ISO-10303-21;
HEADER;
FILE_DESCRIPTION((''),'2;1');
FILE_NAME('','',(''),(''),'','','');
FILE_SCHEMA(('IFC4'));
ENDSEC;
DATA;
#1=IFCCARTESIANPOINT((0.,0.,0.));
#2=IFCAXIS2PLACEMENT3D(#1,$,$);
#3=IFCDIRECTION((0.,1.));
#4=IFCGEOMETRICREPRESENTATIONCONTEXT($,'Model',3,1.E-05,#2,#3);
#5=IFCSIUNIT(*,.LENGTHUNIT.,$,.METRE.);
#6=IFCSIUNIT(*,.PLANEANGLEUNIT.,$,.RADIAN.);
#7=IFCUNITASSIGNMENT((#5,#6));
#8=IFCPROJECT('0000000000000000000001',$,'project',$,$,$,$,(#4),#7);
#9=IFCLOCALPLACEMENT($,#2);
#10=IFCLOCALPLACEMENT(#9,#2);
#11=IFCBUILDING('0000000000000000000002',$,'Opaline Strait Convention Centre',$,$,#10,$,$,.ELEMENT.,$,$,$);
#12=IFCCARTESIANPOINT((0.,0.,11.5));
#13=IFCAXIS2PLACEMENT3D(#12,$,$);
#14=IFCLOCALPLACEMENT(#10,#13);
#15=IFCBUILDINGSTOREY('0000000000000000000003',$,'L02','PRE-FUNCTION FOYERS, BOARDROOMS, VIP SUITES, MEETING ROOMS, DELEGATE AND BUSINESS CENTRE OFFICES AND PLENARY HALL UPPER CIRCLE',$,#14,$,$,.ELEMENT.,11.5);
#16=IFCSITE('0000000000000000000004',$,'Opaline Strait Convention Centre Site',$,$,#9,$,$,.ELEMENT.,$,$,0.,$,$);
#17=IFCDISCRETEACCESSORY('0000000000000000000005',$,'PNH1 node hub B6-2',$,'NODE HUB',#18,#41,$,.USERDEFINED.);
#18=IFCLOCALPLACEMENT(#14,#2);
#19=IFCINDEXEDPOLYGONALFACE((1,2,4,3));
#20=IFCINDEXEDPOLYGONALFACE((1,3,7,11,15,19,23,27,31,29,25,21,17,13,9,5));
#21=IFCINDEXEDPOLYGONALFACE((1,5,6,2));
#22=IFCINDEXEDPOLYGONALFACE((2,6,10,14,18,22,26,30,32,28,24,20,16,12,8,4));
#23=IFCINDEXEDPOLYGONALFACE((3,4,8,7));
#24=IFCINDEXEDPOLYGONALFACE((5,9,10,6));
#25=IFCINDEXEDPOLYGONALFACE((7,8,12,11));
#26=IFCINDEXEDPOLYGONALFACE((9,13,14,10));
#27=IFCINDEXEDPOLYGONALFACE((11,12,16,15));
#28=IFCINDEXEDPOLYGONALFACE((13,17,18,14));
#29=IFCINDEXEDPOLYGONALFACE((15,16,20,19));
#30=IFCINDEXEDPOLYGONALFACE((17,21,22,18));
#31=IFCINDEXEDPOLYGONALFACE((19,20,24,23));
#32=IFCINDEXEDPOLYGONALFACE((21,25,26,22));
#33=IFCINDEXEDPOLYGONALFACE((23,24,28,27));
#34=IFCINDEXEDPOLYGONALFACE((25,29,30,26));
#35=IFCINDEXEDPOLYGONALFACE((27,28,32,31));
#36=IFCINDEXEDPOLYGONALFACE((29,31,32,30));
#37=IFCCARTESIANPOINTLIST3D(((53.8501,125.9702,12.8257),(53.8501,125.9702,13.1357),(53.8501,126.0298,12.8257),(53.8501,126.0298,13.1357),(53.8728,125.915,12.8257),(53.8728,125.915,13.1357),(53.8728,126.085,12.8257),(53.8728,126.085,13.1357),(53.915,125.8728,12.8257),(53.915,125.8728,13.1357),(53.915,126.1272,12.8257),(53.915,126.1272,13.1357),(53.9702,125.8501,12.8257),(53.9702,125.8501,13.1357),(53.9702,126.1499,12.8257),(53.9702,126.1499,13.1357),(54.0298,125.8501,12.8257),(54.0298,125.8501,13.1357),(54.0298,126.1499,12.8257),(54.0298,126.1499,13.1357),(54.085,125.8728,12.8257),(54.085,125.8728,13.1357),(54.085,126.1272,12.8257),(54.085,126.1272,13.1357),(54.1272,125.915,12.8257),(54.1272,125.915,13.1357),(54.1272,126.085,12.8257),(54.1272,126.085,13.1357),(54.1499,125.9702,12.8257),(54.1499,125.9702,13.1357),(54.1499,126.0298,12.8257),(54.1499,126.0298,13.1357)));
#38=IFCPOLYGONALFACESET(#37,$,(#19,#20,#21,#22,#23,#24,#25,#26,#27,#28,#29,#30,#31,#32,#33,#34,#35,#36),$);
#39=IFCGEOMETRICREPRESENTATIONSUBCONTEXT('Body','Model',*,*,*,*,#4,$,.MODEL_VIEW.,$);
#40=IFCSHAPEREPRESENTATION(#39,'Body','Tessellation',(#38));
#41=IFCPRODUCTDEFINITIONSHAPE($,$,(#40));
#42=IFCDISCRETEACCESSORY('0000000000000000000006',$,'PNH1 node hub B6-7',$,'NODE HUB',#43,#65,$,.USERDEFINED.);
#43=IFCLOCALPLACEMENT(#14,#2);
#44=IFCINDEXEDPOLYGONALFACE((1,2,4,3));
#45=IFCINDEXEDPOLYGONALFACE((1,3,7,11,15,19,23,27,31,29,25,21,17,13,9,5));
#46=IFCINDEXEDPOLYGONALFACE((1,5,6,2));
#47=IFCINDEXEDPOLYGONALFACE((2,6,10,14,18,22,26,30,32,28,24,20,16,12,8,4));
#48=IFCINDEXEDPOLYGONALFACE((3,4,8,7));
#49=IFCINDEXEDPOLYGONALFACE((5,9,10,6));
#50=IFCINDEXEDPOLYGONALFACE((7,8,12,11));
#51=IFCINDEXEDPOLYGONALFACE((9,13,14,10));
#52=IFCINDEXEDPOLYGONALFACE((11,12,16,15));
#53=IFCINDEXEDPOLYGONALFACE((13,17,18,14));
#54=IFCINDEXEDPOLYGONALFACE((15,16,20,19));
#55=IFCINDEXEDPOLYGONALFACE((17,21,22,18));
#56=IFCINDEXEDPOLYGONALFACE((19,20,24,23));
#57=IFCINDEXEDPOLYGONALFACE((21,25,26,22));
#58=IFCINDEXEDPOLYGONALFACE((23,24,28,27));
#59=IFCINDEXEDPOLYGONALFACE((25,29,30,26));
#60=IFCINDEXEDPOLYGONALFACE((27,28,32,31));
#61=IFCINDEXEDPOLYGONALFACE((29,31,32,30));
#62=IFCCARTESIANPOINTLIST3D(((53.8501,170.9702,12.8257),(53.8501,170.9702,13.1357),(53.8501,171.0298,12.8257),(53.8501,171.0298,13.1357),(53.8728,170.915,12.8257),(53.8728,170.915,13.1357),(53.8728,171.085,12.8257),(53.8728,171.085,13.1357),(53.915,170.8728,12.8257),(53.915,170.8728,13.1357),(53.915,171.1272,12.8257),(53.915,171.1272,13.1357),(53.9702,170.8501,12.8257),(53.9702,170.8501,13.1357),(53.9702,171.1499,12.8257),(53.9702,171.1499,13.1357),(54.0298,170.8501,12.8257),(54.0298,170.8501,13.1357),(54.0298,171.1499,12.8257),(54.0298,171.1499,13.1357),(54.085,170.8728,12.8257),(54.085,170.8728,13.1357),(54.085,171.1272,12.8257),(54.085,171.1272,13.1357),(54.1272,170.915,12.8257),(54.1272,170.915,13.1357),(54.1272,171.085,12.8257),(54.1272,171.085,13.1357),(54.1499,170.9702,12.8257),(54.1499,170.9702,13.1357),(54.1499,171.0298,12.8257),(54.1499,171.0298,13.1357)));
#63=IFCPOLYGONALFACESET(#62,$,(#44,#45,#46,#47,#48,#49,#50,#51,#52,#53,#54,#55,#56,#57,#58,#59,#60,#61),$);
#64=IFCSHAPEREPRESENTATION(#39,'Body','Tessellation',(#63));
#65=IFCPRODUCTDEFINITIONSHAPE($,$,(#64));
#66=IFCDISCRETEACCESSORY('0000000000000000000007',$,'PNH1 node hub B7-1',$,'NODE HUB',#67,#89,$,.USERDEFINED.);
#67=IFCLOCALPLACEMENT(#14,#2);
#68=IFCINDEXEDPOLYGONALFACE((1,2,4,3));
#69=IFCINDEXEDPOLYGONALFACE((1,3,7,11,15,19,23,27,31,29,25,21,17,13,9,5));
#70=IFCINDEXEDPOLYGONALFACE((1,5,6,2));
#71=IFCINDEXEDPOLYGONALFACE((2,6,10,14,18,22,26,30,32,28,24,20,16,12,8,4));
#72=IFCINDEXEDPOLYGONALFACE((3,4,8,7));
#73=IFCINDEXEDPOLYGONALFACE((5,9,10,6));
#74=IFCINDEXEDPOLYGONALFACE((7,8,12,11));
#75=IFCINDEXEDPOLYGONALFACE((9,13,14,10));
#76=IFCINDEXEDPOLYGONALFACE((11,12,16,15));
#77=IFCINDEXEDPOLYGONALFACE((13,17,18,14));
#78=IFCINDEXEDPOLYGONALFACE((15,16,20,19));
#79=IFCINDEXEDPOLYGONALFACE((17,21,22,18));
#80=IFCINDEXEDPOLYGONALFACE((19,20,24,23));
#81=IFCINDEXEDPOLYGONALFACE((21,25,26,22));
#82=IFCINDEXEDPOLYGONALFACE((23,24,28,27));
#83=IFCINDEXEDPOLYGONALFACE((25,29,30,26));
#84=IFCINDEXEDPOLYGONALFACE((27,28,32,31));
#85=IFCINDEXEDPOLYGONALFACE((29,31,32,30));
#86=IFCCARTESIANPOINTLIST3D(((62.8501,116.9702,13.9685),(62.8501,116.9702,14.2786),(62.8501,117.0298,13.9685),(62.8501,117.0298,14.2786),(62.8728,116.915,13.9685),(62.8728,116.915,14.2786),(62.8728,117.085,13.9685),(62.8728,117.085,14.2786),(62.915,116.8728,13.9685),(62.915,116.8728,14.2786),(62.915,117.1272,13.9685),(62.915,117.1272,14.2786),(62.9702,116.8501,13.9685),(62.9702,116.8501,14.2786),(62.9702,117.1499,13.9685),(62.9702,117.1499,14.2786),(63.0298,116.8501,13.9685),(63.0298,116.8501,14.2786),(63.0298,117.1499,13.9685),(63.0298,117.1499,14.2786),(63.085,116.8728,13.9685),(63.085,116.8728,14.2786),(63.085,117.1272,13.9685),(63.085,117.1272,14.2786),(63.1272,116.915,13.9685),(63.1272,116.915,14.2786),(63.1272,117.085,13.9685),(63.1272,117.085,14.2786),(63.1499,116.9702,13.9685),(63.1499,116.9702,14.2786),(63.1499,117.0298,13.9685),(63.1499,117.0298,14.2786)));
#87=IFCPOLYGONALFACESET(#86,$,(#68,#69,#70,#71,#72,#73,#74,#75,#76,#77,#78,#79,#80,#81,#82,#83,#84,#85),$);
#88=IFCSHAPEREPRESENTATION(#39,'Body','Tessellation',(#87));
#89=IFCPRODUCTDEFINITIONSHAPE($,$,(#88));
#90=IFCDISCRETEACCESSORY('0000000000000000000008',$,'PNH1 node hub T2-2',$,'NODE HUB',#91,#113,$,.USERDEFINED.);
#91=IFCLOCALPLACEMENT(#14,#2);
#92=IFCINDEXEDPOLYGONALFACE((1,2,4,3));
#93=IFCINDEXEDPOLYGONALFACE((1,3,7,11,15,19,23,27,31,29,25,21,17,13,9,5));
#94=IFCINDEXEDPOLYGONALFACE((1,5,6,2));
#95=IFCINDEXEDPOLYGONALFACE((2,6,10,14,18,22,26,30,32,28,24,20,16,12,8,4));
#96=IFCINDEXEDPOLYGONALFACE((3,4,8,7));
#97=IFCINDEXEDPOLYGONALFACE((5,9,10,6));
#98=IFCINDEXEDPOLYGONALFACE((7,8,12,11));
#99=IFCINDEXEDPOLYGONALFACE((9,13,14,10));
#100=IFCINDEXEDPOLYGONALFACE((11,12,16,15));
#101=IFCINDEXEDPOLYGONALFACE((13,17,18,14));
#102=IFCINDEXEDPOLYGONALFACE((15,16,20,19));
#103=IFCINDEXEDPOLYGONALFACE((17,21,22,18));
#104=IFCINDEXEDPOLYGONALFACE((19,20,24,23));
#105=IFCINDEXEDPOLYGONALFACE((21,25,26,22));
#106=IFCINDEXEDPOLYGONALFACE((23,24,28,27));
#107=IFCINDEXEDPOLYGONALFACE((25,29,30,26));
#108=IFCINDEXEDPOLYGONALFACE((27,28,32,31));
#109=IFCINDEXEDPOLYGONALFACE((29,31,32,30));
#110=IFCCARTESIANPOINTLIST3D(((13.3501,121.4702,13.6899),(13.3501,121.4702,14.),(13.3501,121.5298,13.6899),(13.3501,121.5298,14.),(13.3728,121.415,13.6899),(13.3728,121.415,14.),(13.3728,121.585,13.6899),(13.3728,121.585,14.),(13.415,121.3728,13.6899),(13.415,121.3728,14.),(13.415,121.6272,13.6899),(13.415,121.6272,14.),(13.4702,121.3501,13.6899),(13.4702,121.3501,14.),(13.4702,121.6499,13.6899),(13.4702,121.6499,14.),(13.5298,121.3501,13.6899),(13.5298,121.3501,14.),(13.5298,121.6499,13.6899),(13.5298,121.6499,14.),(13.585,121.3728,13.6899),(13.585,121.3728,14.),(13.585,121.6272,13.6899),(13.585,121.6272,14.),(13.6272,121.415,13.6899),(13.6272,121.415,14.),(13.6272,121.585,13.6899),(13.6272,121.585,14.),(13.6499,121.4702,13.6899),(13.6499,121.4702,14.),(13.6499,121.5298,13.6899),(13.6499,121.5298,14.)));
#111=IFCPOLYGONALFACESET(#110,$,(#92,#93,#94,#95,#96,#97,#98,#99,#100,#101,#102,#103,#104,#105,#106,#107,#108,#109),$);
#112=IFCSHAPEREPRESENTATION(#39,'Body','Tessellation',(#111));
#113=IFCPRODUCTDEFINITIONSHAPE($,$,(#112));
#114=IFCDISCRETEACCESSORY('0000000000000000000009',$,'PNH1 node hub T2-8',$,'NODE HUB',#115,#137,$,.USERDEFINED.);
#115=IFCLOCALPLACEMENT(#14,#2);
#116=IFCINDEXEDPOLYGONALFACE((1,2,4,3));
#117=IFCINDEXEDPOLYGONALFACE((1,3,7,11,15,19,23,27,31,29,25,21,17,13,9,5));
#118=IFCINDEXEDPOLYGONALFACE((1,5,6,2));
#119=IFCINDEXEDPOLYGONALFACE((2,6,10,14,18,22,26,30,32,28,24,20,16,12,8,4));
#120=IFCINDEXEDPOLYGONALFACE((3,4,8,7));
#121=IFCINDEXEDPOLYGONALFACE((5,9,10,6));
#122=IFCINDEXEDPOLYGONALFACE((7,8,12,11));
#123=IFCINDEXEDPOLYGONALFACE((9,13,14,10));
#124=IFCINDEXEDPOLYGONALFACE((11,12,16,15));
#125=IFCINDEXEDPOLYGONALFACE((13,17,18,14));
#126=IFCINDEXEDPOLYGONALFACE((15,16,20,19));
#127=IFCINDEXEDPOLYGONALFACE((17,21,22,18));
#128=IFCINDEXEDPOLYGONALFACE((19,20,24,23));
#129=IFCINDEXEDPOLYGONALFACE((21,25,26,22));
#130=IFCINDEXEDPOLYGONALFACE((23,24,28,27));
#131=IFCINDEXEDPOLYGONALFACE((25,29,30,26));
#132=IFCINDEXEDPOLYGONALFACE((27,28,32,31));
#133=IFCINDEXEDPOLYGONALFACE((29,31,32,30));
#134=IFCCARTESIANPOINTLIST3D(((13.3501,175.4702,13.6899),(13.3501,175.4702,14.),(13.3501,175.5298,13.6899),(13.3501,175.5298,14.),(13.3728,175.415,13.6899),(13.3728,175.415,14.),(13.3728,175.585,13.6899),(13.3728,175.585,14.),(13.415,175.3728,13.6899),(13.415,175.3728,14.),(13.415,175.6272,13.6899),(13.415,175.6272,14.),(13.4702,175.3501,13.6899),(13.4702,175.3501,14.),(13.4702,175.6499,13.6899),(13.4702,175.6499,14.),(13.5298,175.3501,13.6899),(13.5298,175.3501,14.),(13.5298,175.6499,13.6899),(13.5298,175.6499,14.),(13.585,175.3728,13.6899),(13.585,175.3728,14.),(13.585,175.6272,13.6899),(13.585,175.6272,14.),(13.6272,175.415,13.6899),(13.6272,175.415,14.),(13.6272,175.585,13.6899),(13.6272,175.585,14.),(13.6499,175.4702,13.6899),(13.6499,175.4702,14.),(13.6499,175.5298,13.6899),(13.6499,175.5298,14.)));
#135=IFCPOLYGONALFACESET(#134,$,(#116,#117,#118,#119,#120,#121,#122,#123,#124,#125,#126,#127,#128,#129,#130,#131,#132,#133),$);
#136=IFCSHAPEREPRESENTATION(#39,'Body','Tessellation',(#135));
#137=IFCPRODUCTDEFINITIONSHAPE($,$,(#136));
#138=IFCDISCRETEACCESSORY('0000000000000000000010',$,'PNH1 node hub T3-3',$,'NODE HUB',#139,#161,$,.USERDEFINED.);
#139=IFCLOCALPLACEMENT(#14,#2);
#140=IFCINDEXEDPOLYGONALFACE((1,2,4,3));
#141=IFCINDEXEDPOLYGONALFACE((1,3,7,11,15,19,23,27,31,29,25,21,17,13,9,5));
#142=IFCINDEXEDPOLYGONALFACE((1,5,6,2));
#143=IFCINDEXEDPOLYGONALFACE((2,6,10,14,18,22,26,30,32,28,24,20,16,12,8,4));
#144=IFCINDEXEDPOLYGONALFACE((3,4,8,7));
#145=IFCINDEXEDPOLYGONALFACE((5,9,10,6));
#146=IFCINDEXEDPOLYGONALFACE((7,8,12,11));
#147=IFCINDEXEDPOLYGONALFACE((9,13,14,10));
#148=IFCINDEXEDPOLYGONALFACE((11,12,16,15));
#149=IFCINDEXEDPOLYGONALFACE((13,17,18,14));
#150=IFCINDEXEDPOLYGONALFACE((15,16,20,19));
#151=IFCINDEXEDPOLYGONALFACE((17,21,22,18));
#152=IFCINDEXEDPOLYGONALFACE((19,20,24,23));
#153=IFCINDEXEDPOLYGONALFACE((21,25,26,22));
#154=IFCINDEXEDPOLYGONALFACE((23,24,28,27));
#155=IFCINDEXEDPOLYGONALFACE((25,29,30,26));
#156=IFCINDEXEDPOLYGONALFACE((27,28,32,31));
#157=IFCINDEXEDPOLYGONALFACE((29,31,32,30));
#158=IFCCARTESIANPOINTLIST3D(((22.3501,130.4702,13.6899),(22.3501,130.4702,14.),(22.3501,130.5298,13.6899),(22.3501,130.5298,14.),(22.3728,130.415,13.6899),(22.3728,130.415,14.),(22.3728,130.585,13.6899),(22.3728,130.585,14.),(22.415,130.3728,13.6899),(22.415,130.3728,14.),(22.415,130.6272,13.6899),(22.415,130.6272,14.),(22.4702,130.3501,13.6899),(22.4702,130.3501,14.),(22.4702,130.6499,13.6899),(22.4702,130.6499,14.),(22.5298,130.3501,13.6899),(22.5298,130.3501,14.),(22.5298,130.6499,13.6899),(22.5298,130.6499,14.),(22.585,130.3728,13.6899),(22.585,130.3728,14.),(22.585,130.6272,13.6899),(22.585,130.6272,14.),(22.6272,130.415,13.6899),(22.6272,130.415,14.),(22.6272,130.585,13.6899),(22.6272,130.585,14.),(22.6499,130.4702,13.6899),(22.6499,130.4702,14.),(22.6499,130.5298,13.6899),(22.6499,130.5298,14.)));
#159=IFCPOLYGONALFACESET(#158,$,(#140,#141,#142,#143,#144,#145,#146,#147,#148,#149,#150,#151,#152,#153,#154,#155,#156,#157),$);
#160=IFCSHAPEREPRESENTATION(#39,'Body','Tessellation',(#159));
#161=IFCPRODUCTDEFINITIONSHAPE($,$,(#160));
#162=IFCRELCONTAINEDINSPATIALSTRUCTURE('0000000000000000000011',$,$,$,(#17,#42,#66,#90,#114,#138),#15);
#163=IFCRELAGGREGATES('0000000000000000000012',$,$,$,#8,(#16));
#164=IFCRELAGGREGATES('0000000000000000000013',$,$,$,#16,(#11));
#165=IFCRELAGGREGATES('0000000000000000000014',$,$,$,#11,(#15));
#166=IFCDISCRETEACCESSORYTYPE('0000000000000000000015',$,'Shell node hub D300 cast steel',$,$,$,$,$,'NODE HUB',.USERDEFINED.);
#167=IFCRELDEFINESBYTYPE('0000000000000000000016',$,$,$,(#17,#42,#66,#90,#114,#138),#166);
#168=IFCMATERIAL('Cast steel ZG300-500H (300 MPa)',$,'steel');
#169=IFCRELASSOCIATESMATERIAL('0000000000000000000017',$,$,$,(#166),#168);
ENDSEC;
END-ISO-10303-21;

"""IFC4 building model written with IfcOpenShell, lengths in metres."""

from ifc_helpers import new_model, si_unit, direction, frame, origin, place, context, subcontext, project, spatial, polyline, outline, extrude, material, type_object, element, save


model = new_model("IFC4")

# Units and contexts
model_context = context("Model", 3, precision=1e-05, world=origin(), true_north=direction((0.0, 1.0)))
body_context = subcontext(model_context, "Body", "Model", "MODEL_VIEW")
ifc_project = project(units=[si_unit("LENGTHUNIT", "METRE"), si_unit("PLANEANGLEUNIT", "RADIAN")], contexts=[model_context])

# Site, building, storey
site_placement = place(None, origin())
site = spatial("IfcSite", under=ifc_project, at=site_placement, Name="Opaline Strait Convention Centre Site", CompositionType="ELEMENT", RefElevation=0.0)
building_placement = place(site_placement, origin())
building = spatial("IfcBuilding", under=site, at=building_placement, Name="Opaline Strait Convention Centre", CompositionType="ELEMENT")
storey_placement = place(building_placement, frame((0.0, 0.0, 11.5)))
storey = spatial("IfcBuildingStorey", under=building, at=storey_placement, Name="L02", Description="PRE-FUNCTION FOYERS, BOARDROOMS, VIP SUITES, MEETING ROOMS, DELEGATE AND BUSINESS CENTRE OFFICES AND PLENARY HALL UPPER CIRCLE", CompositionType="ELEMENT", Elevation=11.5)

# Discrete accessories
ifc_material = material(Name="Cast steel ZG300-500H (300 MPa)", Category="steel")
discrete_accessory_type_1 = type_object("IfcDiscreteAccessoryType", Name="Shell node hub D300 cast steel", ElementType="NODE HUB", PredefinedType="USERDEFINED", material=ifc_material)
discrete_accessory_1_placement = place(storey_placement, frame((0.0, 0.0, 12.8257)))
element("IfcDiscreteAccessory", 1, at=discrete_accessory_1_placement, inside=storey, type_object=discrete_accessory_type_1, Name="PNH1 node hub B6-2", ObjectType="NODE HUB", PredefinedType="USERDEFINED", context=body_context, shape_type="SweptSolid", body=[
    extrude(outline(polyline([(54.1499, 126.0298), (54.1272, 126.085), (54.085, 126.1272), (54.0298, 126.1499), (53.9702, 126.1499), (53.915, 126.1272), (53.8728, 126.085), (53.8501, 126.0298), (53.8501, 125.9702), (53.8728, 125.915), (53.915, 125.8728), (53.9702, 125.8501), (54.0298, 125.8501), (54.085, 125.8728), (54.1272, 125.915), (54.1499, 125.9702), (54.1499, 126.0298)])), origin(), (0.0, 0.0, 1.0), 0.3101),
])
discrete_accessory_2_placement = place(storey_placement, frame((0.0, 0.0, 12.8257)))
element("IfcDiscreteAccessory", 2, at=discrete_accessory_2_placement, inside=storey, type_object=discrete_accessory_type_1, Name="PNH1 node hub B6-7", ObjectType="NODE HUB", PredefinedType="USERDEFINED", context=body_context, shape_type="SweptSolid", body=[
    extrude(outline(polyline([(54.1499, 171.0298), (54.1272, 171.085), (54.085, 171.1272), (54.0298, 171.1499), (53.9702, 171.1499), (53.915, 171.1272), (53.8728, 171.085), (53.8501, 171.0298), (53.8501, 170.9702), (53.8728, 170.915), (53.915, 170.8728), (53.9702, 170.8501), (54.0298, 170.8501), (54.085, 170.8728), (54.1272, 170.915), (54.1499, 170.9702), (54.1499, 171.0298)])), origin(), (0.0, 0.0, 1.0), 0.3101),
])
discrete_accessory_3_placement = place(storey_placement, frame((0.0, 0.0, 13.9685)))
element("IfcDiscreteAccessory", 3, at=discrete_accessory_3_placement, inside=storey, type_object=discrete_accessory_type_1, Name="PNH1 node hub B7-1", ObjectType="NODE HUB", PredefinedType="USERDEFINED", context=body_context, shape_type="SweptSolid", body=[
    extrude(outline(polyline([(63.1499, 117.0298), (63.1272, 117.085), (63.085, 117.1272), (63.0298, 117.1499), (62.9702, 117.1499), (62.915, 117.1272), (62.8728, 117.085), (62.8501, 117.0298), (62.8501, 116.9702), (62.8728, 116.915), (62.915, 116.8728), (62.9702, 116.8501), (63.0298, 116.8501), (63.085, 116.8728), (63.1272, 116.915), (63.1499, 116.9702), (63.1499, 117.0298)])), origin(), (0.0, 0.0, 1.0), 0.3101),
])
discrete_accessory_4_placement = place(storey_placement, frame((0.0, 0.0, 13.6899)))
element("IfcDiscreteAccessory", 4, at=discrete_accessory_4_placement, inside=storey, type_object=discrete_accessory_type_1, Name="PNH1 node hub T2-2", ObjectType="NODE HUB", PredefinedType="USERDEFINED", context=body_context, shape_type="SweptSolid", body=[
    extrude(outline(polyline([(13.6499, 121.5298), (13.6272, 121.585), (13.585, 121.6272), (13.5298, 121.6499), (13.4702, 121.6499), (13.415, 121.6272), (13.3728, 121.585), (13.3501, 121.5298), (13.3501, 121.4702), (13.3728, 121.415), (13.415, 121.3728), (13.4702, 121.3501), (13.5298, 121.3501), (13.585, 121.3728), (13.6272, 121.415), (13.6499, 121.4702), (13.6499, 121.5298)])), origin(), (0.0, 0.0, 1.0), 0.3101),
])
discrete_accessory_5_placement = place(storey_placement, frame((0.0, 0.0, 13.6899)))
element("IfcDiscreteAccessory", 5, at=discrete_accessory_5_placement, inside=storey, type_object=discrete_accessory_type_1, Name="PNH1 node hub T2-8", ObjectType="NODE HUB", PredefinedType="USERDEFINED", context=body_context, shape_type="SweptSolid", body=[
    extrude(outline(polyline([(13.6499, 175.5298), (13.6272, 175.585), (13.585, 175.6272), (13.5298, 175.6499), (13.4702, 175.6499), (13.415, 175.6272), (13.3728, 175.585), (13.3501, 175.5298), (13.3501, 175.4702), (13.3728, 175.415), (13.415, 175.3728), (13.4702, 175.3501), (13.5298, 175.3501), (13.585, 175.3728), (13.6272, 175.415), (13.6499, 175.4702), (13.6499, 175.5298)])), origin(), (0.0, 0.0, 1.0), 0.3101),
])
discrete_accessory_6_placement = place(storey_placement, frame((0.0, 0.0, 13.6899)))
element("IfcDiscreteAccessory", 6, at=discrete_accessory_6_placement, inside=storey, type_object=discrete_accessory_type_1, Name="PNH1 node hub T3-3", ObjectType="NODE HUB", PredefinedType="USERDEFINED", context=body_context, shape_type="SweptSolid", body=[
    extrude(outline(polyline([(22.6499, 130.5298), (22.6272, 130.585), (22.585, 130.6272), (22.5298, 130.6499), (22.4702, 130.6499), (22.415, 130.6272), (22.3728, 130.585), (22.3501, 130.5298), (22.3501, 130.4702), (22.3728, 130.415), (22.415, 130.3728), (22.4702, 130.3501), (22.5298, 130.3501), (22.585, 130.3728), (22.6272, 130.415), (22.6499, 130.4702), (22.6499, 130.5298)])), origin(), (0.0, 0.0, 1.0), 0.3101),
])

save(model, "model.ifc")
